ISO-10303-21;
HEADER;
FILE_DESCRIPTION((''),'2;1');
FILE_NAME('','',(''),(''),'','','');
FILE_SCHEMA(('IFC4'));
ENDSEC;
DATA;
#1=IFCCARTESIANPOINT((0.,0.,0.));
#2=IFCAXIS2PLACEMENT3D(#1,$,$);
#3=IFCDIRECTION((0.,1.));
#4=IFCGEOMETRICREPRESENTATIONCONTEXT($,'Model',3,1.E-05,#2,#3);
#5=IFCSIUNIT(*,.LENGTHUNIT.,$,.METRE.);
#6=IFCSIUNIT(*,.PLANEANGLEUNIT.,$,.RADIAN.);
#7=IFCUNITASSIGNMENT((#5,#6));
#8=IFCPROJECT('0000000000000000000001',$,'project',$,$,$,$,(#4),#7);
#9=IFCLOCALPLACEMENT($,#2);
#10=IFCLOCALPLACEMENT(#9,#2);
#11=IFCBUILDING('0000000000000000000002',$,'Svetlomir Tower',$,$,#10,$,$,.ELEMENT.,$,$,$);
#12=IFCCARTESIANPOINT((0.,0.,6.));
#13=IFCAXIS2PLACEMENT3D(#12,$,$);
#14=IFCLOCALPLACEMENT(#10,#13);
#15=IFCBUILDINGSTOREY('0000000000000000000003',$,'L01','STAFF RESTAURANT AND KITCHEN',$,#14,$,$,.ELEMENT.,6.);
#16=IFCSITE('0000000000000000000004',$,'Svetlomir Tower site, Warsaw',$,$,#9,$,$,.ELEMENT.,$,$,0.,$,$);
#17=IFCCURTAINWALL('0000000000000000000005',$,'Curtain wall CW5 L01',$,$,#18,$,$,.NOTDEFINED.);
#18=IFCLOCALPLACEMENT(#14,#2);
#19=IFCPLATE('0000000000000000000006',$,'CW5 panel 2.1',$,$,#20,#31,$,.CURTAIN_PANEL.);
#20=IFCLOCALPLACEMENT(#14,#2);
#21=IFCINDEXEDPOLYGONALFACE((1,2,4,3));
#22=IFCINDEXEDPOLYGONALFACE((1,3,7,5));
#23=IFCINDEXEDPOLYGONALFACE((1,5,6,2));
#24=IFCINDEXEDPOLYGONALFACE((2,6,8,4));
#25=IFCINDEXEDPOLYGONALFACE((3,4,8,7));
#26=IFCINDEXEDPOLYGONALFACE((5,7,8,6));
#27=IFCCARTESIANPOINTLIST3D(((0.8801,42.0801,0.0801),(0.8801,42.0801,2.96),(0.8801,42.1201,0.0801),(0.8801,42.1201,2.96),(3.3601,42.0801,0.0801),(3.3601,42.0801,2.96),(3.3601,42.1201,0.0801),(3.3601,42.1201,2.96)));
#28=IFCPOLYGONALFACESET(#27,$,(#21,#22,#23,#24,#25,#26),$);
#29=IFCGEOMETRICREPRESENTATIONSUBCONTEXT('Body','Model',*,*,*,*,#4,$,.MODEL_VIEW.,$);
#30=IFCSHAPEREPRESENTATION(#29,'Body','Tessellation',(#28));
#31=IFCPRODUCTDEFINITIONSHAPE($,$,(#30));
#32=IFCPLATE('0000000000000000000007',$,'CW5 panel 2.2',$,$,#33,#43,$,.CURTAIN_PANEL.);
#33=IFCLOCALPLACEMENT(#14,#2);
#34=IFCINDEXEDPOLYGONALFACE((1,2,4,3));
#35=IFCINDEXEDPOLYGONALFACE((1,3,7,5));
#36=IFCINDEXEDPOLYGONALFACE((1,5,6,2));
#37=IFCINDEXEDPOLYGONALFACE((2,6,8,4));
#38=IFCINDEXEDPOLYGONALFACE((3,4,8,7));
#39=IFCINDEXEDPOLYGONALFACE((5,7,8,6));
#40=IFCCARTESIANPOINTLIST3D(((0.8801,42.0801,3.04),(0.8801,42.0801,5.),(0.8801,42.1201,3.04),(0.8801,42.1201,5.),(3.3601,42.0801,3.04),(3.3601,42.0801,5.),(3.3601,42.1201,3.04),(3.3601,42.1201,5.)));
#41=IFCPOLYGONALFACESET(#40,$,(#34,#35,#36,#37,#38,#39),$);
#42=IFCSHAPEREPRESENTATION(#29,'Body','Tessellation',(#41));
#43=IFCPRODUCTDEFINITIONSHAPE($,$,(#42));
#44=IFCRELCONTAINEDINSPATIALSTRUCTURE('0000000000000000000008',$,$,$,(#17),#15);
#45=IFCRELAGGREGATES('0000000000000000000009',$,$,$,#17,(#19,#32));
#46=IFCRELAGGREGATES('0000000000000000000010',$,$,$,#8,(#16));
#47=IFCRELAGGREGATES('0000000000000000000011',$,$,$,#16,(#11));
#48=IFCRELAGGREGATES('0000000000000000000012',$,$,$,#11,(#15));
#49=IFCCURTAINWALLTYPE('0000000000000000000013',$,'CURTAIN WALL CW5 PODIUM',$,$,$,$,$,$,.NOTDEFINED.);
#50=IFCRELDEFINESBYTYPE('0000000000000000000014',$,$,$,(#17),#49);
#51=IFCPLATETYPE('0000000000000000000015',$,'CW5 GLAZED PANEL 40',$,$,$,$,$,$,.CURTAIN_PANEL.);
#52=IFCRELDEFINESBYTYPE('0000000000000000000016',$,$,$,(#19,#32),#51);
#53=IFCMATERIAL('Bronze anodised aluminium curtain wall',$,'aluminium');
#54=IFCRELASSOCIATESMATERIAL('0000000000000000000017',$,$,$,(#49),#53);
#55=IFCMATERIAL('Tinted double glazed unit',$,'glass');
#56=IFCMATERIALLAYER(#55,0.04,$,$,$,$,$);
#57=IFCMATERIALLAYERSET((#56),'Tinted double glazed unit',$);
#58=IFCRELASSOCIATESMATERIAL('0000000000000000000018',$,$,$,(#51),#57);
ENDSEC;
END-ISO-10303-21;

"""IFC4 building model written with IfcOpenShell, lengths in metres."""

from ifc_helpers import new_model, si_unit, direction, frame, origin, origin_2d, place, context, subcontext, project, spatial, rectangle, extrude, material, layer, layer_set, type_object, element, aggregate, save


model = new_model("IFC4")

# Units and contexts
model_context = context("Model", 3, precision=1e-05, world=origin(), true_north=direction((0.0, 1.0)))
body_context = subcontext(model_context, "Body", "Model", "MODEL_VIEW")
ifc_project = project(units=[si_unit("LENGTHUNIT", "METRE"), si_unit("PLANEANGLEUNIT", "RADIAN")], contexts=[model_context])

# Site, building, storey
site_placement = place(None, origin())
site = spatial("IfcSite", under=ifc_project, at=site_placement, Name="Svetlomir Tower site, Warsaw", CompositionType="ELEMENT", RefElevation=0.0)
building_placement = place(site_placement, origin())
building = spatial("IfcBuilding", under=site, at=building_placement, Name="Svetlomir Tower", CompositionType="ELEMENT")
storey_placement = place(building_placement, frame((0.0, 0.0, 6.0)))
storey = spatial("IfcBuildingStorey", under=building, at=storey_placement, Name="L01", Description="STAFF RESTAURANT AND KITCHEN", CompositionType="ELEMENT", Elevation=6.0)

# Curtain wall
ifc_material_1 = material(Name="Bronze anodised aluminium curtain wall", Category="aluminium")
curtain_wall_type = type_object("IfcCurtainWallType", Name="CURTAIN WALL CW5 PODIUM", PredefinedType="NOTDEFINED", material=ifc_material_1)
curtain_wall_1_placement = place(storey_placement, origin())
curtain_wall_1 = element("IfcCurtainWall", 1, at=curtain_wall_1_placement, inside=storey, type_object=curtain_wall_type, Name="Curtain wall CW5 L01", PredefinedType="NOTDEFINED")

# Plates
ifc_material_2 = material(Name="Tinted double glazed unit", Category="glass")
ifc_layer = layer(ifc_material_2, 0.04)
ifc_layer_set = layer_set([ifc_layer], Name="Tinted double glazed unit")
plate_type = type_object("IfcPlateType", Name="CW5 GLAZED PANEL 40", PredefinedType="CURTAIN_PANEL", material=ifc_layer_set)
plate_1_placement = place(storey_placement, frame((2.1201, 42.1001, 0.0801), z_axis=(0.0, 0.0, 1.0), x_axis=(-1.0, 0.0, 0.0)))
plate_1 = element("IfcPlate", 2, at=plate_1_placement, type_object=plate_type, Name="CW5 panel 2.1", PredefinedType="CURTAIN_PANEL", context=body_context, shape_type="SweptSolid", body=[
    extrude(rectangle(XDim=2.48, YDim=0.04, at=origin_2d()), origin(), (0.0, 0.0, 1.0), 2.8799),
])
plate_2_placement = place(storey_placement, frame((2.1201, 42.1001, 3.04), z_axis=(0.0, 0.0, 1.0), x_axis=(-1.0, 0.0, 0.0)))
plate_2 = element("IfcPlate", 3, at=plate_2_placement, type_object=plate_type, Name="CW5 panel 2.2", PredefinedType="CURTAIN_PANEL", context=body_context, shape_type="SweptSolid", body=[
    extrude(rectangle(XDim=2.48, YDim=0.04, at=origin_2d()), origin(), (0.0, 0.0, 1.0), 1.96),
])
aggregate(curtain_wall_1, [plate_1, plate_2])

save(model, "model.ifc")
